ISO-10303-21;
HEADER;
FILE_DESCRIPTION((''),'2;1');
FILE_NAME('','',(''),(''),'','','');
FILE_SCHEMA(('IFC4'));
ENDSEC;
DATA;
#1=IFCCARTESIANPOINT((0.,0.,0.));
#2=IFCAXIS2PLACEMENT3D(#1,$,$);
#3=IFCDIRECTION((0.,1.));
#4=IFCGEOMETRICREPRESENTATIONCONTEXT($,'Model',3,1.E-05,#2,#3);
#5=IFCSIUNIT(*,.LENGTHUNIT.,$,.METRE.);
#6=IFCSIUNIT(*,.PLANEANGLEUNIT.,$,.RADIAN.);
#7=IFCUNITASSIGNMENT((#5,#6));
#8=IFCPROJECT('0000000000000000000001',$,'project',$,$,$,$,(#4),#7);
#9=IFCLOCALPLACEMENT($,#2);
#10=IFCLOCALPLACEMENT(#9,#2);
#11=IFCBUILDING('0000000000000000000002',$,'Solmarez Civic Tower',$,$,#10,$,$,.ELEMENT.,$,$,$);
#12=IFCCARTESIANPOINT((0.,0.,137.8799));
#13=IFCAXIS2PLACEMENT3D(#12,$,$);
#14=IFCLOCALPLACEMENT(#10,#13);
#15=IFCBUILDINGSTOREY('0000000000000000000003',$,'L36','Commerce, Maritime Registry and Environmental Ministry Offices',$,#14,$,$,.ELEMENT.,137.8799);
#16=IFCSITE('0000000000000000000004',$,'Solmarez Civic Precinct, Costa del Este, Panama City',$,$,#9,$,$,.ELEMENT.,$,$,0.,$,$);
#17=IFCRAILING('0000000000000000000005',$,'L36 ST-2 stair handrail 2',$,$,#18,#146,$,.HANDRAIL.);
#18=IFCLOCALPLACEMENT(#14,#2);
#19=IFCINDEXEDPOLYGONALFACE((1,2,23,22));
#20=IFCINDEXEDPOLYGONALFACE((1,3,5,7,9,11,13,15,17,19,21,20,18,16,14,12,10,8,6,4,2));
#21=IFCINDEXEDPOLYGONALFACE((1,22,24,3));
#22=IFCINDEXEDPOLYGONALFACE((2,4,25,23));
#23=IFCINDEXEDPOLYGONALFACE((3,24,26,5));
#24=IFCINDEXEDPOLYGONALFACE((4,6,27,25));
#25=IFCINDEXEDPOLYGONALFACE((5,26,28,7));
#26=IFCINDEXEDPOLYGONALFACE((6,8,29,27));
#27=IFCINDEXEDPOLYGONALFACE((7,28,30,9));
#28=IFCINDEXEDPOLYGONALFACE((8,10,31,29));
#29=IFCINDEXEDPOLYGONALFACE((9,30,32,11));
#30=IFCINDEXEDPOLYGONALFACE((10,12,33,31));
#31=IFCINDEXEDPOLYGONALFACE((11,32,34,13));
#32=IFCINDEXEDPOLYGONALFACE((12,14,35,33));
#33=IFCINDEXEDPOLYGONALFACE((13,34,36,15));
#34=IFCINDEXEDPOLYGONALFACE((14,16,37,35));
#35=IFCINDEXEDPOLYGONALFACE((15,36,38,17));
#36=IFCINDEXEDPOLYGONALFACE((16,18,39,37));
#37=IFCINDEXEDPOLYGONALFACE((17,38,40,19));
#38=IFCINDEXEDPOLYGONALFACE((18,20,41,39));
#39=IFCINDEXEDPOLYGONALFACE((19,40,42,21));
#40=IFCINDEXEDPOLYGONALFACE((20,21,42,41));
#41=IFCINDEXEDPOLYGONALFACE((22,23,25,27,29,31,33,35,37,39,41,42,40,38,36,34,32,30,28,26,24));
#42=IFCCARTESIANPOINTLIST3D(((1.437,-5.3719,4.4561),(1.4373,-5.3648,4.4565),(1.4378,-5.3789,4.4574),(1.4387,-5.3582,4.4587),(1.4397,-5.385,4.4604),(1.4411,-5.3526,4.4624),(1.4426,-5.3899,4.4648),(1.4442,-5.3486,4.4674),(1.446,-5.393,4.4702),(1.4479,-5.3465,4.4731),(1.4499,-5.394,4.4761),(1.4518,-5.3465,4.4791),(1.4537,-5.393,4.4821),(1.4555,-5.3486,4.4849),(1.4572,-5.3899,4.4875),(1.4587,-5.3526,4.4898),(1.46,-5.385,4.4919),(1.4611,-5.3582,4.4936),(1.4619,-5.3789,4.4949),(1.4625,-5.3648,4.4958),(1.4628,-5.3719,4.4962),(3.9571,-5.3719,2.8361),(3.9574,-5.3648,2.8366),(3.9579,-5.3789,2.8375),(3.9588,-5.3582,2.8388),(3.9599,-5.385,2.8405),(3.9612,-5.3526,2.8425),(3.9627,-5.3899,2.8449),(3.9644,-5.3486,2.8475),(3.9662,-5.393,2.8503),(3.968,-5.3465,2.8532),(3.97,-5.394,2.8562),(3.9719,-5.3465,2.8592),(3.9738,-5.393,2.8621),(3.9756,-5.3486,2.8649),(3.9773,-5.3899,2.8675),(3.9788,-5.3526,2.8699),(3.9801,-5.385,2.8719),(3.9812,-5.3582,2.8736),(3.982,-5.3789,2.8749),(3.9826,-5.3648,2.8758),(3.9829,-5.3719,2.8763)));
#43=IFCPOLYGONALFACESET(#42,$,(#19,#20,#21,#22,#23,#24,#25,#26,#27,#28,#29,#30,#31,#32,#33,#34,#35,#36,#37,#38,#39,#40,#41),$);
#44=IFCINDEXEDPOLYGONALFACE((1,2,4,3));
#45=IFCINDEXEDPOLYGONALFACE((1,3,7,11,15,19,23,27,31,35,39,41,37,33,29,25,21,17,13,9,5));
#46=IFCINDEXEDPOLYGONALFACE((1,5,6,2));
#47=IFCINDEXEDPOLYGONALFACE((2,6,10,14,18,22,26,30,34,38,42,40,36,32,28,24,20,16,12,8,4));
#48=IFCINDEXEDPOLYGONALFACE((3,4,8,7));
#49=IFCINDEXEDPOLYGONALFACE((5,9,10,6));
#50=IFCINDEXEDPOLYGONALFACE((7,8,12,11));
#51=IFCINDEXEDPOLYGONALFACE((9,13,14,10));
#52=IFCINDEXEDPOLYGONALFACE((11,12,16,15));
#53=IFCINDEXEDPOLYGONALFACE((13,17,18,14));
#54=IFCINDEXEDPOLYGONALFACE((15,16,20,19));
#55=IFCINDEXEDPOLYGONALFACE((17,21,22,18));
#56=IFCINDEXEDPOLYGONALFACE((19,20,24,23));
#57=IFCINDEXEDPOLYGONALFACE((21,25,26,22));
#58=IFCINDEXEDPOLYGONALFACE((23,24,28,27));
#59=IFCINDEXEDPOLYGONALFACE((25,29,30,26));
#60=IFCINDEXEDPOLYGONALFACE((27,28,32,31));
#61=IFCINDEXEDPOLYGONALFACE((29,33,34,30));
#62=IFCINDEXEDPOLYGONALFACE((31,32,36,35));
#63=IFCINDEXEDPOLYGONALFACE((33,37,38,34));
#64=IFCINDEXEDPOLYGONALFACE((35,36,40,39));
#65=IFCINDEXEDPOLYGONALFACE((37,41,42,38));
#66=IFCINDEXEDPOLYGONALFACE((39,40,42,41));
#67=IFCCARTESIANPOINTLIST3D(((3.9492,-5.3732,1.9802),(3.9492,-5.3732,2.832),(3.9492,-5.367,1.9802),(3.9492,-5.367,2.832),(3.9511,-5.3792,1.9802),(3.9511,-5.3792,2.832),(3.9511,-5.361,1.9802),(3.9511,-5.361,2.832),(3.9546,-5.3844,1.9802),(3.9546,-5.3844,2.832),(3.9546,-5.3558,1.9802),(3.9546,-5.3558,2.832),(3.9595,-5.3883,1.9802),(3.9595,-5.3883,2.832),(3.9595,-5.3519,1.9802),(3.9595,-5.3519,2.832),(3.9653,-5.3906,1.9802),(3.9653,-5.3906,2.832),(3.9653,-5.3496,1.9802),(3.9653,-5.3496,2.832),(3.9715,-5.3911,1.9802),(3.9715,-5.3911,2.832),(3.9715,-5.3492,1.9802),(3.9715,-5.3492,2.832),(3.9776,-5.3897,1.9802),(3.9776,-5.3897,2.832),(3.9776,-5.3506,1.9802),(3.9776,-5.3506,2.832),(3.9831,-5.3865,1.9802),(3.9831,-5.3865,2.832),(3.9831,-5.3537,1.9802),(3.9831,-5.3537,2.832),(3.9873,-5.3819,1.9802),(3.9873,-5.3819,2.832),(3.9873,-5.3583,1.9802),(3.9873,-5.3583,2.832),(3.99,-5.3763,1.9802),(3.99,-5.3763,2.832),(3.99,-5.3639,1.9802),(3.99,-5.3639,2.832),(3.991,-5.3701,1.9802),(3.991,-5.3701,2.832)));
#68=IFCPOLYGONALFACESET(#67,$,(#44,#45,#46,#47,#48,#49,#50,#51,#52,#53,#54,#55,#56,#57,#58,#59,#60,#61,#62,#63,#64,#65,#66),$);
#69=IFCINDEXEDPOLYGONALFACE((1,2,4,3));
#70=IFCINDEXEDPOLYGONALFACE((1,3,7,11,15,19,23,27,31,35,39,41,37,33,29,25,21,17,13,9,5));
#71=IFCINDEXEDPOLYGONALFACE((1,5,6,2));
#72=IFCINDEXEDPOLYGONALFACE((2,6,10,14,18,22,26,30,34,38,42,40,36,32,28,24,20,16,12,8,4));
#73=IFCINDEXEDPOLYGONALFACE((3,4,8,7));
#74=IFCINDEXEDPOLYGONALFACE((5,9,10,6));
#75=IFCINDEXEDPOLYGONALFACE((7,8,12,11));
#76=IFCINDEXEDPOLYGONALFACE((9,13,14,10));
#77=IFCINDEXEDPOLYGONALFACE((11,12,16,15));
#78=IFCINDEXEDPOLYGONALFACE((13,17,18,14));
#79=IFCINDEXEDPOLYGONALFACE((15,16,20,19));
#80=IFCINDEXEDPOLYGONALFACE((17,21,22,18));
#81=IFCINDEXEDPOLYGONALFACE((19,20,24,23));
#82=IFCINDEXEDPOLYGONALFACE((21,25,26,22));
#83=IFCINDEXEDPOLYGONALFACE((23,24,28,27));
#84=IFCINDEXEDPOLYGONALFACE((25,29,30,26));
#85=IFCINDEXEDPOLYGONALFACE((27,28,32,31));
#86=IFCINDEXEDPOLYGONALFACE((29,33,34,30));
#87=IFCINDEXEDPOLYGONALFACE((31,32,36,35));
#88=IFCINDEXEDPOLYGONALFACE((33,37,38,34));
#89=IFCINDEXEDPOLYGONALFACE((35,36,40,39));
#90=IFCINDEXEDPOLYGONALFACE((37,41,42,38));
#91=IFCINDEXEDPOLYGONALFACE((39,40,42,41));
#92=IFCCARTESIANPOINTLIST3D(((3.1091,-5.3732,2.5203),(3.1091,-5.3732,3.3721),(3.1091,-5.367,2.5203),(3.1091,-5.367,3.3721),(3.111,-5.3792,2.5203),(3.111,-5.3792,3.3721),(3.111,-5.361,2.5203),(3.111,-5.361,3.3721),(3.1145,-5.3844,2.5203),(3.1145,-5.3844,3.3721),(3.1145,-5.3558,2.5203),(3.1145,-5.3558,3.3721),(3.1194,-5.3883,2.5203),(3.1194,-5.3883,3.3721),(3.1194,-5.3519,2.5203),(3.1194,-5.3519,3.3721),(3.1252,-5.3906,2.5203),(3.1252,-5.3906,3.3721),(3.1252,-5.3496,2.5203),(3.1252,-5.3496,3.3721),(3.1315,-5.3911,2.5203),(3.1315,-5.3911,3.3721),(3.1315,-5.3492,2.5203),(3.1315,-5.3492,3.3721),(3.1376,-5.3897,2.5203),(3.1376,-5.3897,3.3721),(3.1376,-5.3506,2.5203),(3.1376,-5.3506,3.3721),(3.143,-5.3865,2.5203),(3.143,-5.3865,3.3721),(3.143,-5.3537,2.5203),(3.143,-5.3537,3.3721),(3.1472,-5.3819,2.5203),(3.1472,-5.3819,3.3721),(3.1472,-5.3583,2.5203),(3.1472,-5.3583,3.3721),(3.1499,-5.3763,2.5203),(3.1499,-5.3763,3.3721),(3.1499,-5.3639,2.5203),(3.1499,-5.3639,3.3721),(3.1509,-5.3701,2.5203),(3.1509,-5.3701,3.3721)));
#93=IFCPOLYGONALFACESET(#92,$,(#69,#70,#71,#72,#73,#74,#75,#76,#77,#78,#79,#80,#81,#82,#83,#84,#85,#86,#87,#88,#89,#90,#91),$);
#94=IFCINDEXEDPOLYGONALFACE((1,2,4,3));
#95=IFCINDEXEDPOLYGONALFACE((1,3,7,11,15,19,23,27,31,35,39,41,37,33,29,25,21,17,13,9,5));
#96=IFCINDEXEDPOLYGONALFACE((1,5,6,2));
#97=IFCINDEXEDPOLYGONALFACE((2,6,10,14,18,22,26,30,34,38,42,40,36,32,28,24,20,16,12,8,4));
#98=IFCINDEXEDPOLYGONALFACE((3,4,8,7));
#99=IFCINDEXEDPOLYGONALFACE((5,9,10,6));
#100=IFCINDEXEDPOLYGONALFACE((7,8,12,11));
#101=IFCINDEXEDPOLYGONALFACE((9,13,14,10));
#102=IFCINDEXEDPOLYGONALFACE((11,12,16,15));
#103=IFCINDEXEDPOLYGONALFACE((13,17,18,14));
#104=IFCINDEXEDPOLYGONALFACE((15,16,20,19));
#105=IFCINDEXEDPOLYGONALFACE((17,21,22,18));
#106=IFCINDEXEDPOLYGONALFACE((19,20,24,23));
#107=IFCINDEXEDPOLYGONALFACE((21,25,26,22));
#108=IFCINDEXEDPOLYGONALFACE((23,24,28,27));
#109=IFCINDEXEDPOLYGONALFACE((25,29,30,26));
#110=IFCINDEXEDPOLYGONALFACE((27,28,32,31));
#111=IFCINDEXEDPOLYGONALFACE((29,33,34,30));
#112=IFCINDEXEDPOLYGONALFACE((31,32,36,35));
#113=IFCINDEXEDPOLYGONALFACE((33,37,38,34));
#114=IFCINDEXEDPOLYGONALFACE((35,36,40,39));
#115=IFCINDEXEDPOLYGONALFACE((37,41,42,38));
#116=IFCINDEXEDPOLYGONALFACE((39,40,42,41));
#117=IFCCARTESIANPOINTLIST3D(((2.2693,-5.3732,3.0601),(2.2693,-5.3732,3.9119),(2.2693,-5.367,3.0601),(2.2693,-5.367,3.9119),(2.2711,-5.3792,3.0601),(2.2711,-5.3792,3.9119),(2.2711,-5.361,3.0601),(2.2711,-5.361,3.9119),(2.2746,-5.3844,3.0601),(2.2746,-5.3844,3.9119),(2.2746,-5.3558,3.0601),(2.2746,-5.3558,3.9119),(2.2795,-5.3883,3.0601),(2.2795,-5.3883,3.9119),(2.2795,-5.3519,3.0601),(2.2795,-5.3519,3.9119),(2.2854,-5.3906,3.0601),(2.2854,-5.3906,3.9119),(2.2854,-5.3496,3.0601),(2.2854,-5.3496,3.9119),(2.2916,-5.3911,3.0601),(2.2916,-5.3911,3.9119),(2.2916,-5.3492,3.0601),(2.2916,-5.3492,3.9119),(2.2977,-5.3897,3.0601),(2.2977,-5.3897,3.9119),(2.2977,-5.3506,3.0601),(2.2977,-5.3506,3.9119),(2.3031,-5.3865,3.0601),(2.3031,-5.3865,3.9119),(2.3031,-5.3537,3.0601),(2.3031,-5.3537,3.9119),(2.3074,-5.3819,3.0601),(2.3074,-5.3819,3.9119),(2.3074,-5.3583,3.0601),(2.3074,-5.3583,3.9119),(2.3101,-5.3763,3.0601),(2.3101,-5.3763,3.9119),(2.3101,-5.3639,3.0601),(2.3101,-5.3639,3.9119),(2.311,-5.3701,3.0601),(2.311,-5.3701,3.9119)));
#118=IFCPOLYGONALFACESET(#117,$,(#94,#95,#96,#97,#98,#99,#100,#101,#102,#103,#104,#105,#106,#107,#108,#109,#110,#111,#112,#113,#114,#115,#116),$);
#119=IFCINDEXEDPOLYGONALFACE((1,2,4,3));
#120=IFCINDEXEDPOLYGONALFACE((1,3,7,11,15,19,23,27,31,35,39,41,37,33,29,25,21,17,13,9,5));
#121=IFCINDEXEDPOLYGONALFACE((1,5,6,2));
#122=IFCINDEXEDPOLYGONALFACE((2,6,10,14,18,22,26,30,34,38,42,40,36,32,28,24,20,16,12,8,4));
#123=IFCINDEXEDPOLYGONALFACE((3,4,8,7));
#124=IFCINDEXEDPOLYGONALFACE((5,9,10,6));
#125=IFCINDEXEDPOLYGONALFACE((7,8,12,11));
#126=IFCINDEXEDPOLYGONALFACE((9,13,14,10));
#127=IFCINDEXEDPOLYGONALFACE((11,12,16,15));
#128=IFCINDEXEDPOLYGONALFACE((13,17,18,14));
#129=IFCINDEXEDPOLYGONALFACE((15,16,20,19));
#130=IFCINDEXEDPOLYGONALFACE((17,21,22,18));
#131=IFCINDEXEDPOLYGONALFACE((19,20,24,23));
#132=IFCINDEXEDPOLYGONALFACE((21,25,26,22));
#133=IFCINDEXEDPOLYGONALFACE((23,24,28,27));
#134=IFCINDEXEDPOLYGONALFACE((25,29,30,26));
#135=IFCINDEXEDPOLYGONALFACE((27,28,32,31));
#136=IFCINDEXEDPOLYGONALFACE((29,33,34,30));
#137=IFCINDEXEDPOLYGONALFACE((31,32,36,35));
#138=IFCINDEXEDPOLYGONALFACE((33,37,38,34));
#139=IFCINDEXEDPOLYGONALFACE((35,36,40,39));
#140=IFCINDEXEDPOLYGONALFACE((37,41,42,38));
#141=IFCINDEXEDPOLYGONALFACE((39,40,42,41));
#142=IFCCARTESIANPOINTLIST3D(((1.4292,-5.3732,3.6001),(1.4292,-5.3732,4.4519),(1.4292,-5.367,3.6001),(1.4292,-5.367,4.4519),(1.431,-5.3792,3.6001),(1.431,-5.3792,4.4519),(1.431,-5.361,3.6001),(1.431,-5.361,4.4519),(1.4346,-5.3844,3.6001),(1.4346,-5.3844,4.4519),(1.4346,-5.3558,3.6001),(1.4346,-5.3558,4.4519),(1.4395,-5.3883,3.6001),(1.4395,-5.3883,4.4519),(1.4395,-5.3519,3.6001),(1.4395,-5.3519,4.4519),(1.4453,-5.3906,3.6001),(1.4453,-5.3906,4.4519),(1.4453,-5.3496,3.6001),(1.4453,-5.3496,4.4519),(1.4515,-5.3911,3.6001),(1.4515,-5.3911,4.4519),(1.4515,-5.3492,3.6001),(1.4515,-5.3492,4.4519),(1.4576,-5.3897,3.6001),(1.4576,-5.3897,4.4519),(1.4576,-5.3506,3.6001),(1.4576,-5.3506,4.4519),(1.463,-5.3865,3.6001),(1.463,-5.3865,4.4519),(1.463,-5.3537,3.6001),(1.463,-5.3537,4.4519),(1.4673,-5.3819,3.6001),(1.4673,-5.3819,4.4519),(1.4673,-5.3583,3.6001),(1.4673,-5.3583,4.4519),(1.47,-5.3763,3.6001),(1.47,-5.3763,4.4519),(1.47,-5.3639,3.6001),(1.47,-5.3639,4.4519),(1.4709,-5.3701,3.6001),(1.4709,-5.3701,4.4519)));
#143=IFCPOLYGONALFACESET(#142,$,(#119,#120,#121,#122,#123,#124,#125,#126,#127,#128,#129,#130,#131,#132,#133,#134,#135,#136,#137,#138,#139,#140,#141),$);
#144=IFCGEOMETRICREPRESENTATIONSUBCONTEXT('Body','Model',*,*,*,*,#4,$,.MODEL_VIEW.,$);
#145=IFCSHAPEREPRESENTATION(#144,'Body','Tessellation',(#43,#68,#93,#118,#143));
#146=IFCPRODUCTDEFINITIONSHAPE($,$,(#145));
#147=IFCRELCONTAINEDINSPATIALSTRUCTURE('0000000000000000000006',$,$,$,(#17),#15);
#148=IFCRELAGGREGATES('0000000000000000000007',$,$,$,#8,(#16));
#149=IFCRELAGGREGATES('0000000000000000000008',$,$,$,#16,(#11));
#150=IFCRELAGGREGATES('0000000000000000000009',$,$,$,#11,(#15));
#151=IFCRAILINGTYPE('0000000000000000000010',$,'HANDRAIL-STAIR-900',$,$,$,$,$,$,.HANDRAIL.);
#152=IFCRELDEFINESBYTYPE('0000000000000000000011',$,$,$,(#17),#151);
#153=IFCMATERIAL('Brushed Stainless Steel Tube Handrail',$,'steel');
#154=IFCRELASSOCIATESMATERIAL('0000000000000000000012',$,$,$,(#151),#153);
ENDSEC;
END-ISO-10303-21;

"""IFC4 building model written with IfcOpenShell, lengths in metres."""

from ifc_helpers import new_model, si_unit, direction, frame, origin, origin_2d, place, context, subcontext, project, spatial, circle, extrude, material, type_object, element, save


model = new_model("IFC4")

# Units and contexts
model_context = context("Model", 3, precision=1e-05, world=origin(), true_north=direction((0.0, 1.0)))
body_context = subcontext(model_context, "Body", "Model", "MODEL_VIEW")
ifc_project = project(units=[si_unit("LENGTHUNIT", "METRE"), si_unit("PLANEANGLEUNIT", "RADIAN")], contexts=[model_context])

# Site, building, storey
site_placement = place(None, origin())
site = spatial("IfcSite", under=ifc_project, at=site_placement, Name="Solmarez Civic Precinct, Costa del Este, Panama City", CompositionType="ELEMENT", RefElevation=0.0)
building_placement = place(site_placement, origin())
building = spatial("IfcBuilding", under=site, at=building_placement, Name="Solmarez Civic Tower", CompositionType="ELEMENT")
storey_placement = place(building_placement, frame((0.0, 0.0, 137.8799)))
storey = spatial("IfcBuildingStorey", under=building, at=storey_placement, Name="L36", Description="Commerce, Maritime Registry and Environmental Ministry Offices", CompositionType="ELEMENT", Elevation=137.8799)

# Railing
ifc_material_1 = material(Name="Brushed Stainless Steel Tube Handrail", Category="steel")
railing_type_1 = type_object("IfcRailingType", Name="HANDRAIL-STAIR-900", PredefinedType="HANDRAIL", material=ifc_material_1)
railing_1_placement = place(storey_placement, frame((3.97, -5.3701, 1.9802)))
element("IfcRailing", 1, at=railing_1_placement, inside=storey, type_object=railing_type_1, Name="L36 ST-2 stair handrail 2", PredefinedType="HANDRAIL", context=body_context, shape_type="SweptSolid", body=[
    extrude(circle(Radius=0.0239, at=origin_2d()), frame((0.0, 0.0, 0.876), z_axis=(-0.8412, 0.0, 0.540725), x_axis=(0.0, -1.0, 0.0)), (0.0, 0.0, 1.0), 2.9958),
    extrude(circle(Radius=0.021, at=origin_2d()), origin(), (0.0, 0.0, 1.0), 0.8518),
    extrude(circle(Radius=0.021, at=origin_2d()), frame((-0.8401, 0.0, 0.54)), (0.0, 0.0, 1.0), 0.8518),
    extrude(circle(Radius=0.021, at=origin_2d()), frame((-1.6799, 0.0, 1.0798)), (0.0, 0.0, 1.0), 0.8518),
    extrude(circle(Radius=0.021, at=origin_2d()), frame((-2.52, 0.0, 1.6199)), (0.0, 0.0, 1.0), 0.8518),
])

save(model, "model.ifc")
